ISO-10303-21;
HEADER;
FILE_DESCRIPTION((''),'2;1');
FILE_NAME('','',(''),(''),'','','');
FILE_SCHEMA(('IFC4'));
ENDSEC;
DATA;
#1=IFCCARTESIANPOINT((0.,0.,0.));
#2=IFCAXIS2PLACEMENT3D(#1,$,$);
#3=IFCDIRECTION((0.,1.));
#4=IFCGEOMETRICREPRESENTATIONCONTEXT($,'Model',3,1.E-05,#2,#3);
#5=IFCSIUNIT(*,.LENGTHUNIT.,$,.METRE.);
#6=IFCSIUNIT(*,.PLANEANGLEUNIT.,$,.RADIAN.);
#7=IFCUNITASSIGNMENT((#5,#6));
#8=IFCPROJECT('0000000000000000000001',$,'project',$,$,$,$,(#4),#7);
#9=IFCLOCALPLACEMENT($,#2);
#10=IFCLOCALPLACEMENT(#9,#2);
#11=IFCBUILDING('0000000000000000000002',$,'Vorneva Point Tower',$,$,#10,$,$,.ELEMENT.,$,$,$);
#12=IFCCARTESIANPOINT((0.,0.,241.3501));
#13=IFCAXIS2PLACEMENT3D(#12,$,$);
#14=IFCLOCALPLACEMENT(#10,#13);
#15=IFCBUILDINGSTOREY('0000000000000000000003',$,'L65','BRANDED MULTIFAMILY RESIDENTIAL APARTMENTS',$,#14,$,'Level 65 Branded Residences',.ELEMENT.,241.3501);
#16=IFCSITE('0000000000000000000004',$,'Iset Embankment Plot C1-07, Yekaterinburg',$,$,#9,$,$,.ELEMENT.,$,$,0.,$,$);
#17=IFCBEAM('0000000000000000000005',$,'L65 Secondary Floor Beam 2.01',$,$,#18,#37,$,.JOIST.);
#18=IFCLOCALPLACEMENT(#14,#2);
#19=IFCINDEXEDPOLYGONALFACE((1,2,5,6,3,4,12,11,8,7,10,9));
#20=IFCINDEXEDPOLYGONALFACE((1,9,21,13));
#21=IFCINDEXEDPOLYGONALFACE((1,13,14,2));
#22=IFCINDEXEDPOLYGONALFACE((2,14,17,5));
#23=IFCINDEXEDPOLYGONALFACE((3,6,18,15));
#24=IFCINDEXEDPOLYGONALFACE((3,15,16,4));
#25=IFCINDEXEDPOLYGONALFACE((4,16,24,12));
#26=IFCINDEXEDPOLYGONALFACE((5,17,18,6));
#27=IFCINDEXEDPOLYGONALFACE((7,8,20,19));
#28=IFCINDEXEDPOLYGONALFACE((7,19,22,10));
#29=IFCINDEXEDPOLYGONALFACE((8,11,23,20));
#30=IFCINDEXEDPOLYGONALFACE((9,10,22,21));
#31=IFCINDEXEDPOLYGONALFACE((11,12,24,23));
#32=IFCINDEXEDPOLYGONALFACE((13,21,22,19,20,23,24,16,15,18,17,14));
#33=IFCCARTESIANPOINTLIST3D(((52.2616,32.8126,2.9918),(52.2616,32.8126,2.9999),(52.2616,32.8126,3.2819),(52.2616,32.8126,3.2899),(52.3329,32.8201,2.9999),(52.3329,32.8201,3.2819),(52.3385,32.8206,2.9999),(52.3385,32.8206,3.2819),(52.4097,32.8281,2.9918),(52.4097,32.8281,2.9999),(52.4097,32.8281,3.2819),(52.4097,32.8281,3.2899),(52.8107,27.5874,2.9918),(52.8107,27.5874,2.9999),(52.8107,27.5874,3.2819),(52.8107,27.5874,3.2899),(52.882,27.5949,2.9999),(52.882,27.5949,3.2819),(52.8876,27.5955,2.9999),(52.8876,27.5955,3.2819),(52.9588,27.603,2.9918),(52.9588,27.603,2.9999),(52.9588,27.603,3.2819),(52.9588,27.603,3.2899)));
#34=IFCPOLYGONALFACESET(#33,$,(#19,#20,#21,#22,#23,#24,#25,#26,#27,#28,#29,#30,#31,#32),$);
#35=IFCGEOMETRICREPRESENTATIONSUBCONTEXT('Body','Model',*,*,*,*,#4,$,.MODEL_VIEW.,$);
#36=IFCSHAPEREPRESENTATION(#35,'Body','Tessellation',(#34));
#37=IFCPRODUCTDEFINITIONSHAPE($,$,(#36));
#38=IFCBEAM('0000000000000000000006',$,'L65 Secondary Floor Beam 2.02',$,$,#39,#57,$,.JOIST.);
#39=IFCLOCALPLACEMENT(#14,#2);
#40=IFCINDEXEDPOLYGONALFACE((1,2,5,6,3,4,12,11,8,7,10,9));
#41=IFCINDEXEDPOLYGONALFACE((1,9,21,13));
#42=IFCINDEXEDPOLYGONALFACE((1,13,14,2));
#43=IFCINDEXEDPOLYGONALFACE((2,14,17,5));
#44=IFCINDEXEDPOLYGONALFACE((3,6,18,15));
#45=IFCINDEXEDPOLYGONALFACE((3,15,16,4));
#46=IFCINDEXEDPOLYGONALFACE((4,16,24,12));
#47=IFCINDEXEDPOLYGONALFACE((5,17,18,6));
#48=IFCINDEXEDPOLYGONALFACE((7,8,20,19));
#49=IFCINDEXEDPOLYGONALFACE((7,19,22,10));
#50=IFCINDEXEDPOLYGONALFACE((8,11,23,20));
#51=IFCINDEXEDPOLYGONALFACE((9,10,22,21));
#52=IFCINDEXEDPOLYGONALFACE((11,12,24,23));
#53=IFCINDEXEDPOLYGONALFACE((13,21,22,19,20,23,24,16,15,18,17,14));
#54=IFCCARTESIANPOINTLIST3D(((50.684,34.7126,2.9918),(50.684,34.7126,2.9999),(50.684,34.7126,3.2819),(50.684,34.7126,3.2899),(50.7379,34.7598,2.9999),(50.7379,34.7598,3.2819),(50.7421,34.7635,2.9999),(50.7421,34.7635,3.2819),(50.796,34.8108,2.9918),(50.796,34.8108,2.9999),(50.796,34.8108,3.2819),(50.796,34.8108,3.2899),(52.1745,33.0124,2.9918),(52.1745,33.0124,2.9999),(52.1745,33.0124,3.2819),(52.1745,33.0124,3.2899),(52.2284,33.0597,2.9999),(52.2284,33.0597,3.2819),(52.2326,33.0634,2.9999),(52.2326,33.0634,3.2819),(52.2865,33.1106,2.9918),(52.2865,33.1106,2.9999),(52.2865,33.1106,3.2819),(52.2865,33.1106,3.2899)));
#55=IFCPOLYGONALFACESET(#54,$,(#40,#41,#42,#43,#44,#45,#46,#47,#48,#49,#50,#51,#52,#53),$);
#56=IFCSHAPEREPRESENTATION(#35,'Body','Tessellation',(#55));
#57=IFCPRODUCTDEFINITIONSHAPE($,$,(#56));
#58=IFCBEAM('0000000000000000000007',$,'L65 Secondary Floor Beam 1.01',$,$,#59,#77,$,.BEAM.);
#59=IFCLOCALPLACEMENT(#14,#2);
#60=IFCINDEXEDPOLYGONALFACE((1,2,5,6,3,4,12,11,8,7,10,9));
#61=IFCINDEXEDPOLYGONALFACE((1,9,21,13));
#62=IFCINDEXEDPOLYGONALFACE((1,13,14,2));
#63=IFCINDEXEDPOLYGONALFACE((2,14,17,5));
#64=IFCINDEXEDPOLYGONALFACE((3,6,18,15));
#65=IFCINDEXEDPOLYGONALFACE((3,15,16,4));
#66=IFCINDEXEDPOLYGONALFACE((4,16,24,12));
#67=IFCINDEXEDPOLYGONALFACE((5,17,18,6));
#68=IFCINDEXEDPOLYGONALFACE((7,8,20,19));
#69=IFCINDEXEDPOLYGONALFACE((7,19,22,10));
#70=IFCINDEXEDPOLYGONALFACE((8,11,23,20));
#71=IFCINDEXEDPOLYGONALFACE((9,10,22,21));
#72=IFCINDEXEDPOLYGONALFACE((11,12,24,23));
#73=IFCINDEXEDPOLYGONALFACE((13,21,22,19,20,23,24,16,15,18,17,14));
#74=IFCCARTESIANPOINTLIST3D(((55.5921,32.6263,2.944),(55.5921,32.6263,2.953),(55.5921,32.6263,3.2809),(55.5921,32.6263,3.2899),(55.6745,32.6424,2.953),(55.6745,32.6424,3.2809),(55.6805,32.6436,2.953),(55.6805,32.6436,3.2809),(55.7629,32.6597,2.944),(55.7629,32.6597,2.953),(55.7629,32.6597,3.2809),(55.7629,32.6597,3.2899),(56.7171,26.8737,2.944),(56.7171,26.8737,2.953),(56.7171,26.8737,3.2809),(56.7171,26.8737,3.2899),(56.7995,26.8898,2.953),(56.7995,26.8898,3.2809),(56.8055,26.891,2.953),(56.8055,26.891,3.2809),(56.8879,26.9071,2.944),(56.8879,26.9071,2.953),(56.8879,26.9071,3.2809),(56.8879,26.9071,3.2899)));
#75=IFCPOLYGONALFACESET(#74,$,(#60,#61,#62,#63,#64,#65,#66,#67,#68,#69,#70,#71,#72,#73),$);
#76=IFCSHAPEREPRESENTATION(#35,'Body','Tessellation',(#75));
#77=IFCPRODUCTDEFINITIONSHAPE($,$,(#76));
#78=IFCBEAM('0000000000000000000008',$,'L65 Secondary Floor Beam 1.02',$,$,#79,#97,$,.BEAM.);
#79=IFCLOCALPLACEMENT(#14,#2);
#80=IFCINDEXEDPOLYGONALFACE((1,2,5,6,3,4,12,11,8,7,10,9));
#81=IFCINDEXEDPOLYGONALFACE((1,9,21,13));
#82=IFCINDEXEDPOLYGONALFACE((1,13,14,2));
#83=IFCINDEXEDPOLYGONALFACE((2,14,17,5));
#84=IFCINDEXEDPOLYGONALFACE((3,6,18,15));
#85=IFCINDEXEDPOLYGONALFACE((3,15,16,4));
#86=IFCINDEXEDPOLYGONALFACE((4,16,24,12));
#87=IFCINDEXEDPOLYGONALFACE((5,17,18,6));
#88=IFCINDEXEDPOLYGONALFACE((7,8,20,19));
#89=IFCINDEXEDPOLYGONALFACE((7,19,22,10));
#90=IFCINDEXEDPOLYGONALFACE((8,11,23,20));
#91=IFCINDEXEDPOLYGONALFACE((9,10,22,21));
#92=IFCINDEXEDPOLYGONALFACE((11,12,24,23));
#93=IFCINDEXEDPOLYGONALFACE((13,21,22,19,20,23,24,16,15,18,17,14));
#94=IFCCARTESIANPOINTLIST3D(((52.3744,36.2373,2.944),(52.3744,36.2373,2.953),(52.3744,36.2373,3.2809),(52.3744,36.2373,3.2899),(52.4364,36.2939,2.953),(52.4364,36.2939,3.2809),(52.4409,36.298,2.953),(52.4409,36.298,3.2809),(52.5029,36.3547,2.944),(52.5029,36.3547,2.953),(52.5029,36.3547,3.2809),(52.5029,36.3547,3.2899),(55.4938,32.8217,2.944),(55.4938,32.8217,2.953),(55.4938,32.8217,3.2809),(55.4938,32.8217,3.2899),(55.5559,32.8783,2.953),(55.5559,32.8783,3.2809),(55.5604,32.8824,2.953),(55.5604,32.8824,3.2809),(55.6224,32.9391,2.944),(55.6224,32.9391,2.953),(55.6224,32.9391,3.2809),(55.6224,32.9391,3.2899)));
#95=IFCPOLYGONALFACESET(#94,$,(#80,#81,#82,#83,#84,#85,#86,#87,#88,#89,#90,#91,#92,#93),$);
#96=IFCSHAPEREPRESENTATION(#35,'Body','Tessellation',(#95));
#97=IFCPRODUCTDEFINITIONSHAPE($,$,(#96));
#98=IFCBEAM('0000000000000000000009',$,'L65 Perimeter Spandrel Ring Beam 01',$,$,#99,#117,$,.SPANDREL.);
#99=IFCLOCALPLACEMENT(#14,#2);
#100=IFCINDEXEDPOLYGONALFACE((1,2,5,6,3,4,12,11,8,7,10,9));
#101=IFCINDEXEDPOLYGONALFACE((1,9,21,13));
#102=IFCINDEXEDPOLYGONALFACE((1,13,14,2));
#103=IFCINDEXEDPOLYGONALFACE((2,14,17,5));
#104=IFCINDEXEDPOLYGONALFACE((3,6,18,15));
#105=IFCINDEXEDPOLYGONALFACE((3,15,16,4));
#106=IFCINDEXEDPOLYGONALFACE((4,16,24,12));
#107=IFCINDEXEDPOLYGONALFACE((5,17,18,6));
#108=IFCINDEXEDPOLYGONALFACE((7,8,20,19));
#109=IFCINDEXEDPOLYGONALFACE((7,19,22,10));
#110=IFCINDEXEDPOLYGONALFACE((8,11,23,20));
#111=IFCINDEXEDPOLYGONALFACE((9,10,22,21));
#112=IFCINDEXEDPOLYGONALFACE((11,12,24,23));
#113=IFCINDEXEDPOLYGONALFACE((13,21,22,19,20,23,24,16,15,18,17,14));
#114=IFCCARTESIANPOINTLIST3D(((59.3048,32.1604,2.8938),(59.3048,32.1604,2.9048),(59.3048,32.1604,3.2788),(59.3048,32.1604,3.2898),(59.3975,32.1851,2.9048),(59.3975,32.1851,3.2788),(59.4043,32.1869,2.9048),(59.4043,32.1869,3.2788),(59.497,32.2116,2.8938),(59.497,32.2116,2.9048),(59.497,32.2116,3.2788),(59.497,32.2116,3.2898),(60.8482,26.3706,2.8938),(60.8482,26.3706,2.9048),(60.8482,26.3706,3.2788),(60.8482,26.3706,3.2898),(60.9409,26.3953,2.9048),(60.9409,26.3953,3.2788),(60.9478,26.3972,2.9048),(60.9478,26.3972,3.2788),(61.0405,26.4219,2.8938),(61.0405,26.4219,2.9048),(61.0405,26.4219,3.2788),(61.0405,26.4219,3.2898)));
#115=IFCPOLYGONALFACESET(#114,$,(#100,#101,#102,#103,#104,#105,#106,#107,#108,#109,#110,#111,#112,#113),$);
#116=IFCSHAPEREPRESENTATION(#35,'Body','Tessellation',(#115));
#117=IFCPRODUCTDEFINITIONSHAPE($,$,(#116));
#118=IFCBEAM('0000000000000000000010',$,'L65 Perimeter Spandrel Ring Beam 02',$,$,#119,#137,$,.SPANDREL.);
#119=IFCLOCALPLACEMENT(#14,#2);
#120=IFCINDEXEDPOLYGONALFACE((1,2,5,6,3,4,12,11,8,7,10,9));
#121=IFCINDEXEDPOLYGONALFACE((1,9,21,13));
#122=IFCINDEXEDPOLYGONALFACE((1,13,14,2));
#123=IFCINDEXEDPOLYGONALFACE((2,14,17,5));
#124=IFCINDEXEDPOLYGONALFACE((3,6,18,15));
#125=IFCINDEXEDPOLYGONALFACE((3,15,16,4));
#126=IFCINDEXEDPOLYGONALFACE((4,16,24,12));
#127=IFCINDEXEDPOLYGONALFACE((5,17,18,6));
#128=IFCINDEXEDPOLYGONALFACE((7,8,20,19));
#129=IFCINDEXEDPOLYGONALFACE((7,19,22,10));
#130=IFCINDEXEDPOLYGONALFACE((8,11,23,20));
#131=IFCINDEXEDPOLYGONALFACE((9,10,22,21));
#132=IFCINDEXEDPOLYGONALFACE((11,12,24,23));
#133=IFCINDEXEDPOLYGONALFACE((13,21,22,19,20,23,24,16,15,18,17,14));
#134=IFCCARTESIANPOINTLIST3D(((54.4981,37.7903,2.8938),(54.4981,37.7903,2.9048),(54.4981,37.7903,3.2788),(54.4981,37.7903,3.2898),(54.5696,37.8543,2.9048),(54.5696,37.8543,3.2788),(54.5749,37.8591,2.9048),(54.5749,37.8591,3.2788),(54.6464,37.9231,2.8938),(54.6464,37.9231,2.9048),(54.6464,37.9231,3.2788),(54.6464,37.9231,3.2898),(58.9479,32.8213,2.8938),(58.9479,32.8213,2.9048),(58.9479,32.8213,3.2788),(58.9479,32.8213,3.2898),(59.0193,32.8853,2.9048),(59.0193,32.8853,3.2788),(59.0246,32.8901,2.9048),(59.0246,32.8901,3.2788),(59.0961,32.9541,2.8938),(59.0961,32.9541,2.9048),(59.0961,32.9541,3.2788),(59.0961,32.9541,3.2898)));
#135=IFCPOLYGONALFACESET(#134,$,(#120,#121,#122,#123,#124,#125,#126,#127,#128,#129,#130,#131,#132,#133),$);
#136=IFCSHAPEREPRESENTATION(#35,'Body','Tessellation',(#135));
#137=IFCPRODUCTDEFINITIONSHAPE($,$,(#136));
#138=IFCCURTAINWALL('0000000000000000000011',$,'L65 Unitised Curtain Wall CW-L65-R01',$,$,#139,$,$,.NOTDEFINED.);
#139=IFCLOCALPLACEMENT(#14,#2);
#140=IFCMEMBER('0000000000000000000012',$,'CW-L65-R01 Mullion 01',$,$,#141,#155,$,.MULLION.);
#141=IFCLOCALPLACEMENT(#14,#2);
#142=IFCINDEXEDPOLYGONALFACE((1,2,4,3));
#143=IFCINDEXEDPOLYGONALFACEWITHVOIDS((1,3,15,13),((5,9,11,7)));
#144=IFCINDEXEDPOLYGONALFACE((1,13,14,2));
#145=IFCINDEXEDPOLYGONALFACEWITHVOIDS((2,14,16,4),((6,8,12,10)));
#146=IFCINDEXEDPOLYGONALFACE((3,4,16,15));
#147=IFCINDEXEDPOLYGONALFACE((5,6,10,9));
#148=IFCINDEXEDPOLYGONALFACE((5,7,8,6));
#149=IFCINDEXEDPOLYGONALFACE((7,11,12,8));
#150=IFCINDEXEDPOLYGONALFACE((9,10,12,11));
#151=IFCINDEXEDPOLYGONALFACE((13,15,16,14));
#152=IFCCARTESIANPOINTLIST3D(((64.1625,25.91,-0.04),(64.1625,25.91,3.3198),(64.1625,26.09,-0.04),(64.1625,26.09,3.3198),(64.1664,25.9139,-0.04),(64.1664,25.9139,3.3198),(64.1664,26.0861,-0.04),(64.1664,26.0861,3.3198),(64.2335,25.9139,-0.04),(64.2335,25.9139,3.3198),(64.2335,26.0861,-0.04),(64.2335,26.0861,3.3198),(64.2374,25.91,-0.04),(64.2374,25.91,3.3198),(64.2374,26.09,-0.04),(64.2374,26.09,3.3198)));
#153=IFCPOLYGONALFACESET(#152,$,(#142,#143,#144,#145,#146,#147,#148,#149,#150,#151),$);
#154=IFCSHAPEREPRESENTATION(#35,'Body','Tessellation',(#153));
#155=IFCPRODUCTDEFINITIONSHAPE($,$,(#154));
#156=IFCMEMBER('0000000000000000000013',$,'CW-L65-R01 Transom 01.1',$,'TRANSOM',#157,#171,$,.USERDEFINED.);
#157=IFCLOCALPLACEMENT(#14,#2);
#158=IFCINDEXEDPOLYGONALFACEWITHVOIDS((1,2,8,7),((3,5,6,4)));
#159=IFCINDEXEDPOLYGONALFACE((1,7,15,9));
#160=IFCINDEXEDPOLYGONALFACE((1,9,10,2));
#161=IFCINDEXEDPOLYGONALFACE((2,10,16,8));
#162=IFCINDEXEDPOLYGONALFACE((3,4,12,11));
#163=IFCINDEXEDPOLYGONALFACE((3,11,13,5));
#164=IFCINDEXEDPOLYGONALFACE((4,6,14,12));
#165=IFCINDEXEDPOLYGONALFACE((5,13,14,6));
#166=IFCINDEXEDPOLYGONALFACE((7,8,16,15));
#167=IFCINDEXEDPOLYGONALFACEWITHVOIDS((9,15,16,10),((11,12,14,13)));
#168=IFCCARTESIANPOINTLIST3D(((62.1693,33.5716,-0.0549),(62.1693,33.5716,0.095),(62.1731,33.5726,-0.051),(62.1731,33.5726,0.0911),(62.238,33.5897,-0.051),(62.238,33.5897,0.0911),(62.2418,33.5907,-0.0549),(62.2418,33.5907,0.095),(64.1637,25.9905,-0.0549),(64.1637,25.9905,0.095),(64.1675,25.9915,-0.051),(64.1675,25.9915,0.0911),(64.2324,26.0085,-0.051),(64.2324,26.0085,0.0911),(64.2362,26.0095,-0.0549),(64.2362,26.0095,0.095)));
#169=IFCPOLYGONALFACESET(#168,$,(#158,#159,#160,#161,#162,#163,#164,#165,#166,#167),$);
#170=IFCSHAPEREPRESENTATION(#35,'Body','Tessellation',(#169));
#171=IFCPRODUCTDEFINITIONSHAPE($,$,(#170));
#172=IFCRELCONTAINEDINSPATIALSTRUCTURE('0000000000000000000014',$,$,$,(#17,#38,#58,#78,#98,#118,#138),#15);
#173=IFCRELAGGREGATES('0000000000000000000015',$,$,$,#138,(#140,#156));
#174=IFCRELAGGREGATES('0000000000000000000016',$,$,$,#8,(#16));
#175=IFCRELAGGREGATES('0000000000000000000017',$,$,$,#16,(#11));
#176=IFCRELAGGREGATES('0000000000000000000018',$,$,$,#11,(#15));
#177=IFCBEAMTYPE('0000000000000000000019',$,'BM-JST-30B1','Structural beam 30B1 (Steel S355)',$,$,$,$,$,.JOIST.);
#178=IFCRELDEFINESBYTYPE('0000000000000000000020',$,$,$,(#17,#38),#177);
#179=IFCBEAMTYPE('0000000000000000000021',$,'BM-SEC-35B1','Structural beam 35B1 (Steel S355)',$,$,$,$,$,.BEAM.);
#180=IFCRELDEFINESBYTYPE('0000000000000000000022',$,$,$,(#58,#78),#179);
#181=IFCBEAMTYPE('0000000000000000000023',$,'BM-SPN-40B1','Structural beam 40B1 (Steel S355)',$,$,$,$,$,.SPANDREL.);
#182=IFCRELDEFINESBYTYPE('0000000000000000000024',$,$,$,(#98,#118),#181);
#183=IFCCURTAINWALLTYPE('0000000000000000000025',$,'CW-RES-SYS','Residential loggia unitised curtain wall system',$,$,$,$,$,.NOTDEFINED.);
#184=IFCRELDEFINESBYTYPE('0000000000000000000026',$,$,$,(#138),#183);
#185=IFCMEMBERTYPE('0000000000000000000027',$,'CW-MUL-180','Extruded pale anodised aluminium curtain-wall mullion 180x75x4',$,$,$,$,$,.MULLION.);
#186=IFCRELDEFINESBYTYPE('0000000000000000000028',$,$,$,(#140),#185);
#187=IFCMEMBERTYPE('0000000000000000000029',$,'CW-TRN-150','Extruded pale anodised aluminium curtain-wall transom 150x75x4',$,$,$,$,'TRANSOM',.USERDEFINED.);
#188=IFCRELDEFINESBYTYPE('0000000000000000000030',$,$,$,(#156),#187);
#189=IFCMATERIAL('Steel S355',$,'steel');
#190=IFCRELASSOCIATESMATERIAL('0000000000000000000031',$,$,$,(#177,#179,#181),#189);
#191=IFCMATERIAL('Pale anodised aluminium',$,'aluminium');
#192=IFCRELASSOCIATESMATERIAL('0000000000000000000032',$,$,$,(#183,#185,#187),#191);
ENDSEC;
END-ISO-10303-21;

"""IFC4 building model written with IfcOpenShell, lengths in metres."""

from ifc_helpers import new_model, si_unit, direction, frame, origin, origin_2d, place, context, subcontext, project, spatial, hollow_rectangle, i_section, extrude, material, material_profile, profile_set, type_object, element, aggregate, save


model = new_model("IFC4")

# Units and contexts
model_context = context("Model", 3, precision=1e-05, world=origin(), true_north=direction((0.0, 1.0)))
body_context = subcontext(model_context, "Body", "Model", "MODEL_VIEW")
ifc_project = project(units=[si_unit("LENGTHUNIT", "METRE"), si_unit("PLANEANGLEUNIT", "RADIAN")], contexts=[model_context])

# Site, building, storey
site_placement = place(None, origin())
site = spatial("IfcSite", under=ifc_project, at=site_placement, Name="Iset Embankment Plot C1-07, Yekaterinburg", CompositionType="ELEMENT", RefElevation=0.0)
building_placement = place(site_placement, origin())
building = spatial("IfcBuilding", under=site, at=building_placement, Name="Vorneva Point Tower", CompositionType="ELEMENT")
storey_placement = place(building_placement, frame((0.0, 0.0, 241.3501)))
storey = spatial("IfcBuildingStorey", under=building, at=storey_placement, Name="L65", Description="BRANDED MULTIFAMILY RESIDENTIAL APARTMENTS", LongName="Level 65 Branded Residences", CompositionType="ELEMENT", Elevation=241.3501)

# Beams
ifc_material_1 = material(Name="Steel S355", Category="steel")
ifc_material_profile_1 = material_profile(ifc_material_1, i_section(OverallWidth=0.1489, OverallDepth=0.2981, WebThickness=0.0056, FlangeThickness=0.0081, at=origin_2d()), Name="30B1")
ifc_profile_set_1 = profile_set([ifc_material_profile_1], Name="Steel S355")
beam_type_1 = type_object("IfcBeamType", Name="BM-JST-30B1", Description="Structural beam 30B1 (Steel S355)", PredefinedType="JOIST", material=ifc_profile_set_1)
beam_1_placement = place(storey_placement, frame((52.8848, 27.5952, 3.1409), z_axis=(-0.104508, 0.994524, 0.0), x_axis=(-0.994524, -0.104508, 0.0)))
element("IfcBeam", 1, at=beam_1_placement, inside=storey, type_object=beam_type_1, Name="L65 Secondary Floor Beam 2.01", PredefinedType="JOIST", context=body_context, shape_type="SweptSolid", body=[
    extrude(i_section(OverallWidth=0.1489, OverallDepth=0.2981, WebThickness=0.0056, FlangeThickness=0.0081, at=origin_2d()), origin(), (0.0, 0.0, 1.0), 5.2539),
])
beam_2_placement = place(storey_placement, frame((52.2305, 33.0615, 3.1409), z_axis=(-0.659208, 0.751961, 0.0), x_axis=(-0.751961, -0.659208, 0.0)))
element("IfcBeam", 2, at=beam_2_placement, inside=storey, type_object=beam_type_1, Name="L65 Secondary Floor Beam 2.02", PredefinedType="JOIST", context=body_context, shape_type="SweptSolid", body=[
    extrude(i_section(OverallWidth=0.1489, OverallDepth=0.2981, WebThickness=0.0056, FlangeThickness=0.0081, at=origin_2d()), origin(), (0.0, 0.0, 1.0), 2.261),
])
ifc_material_profile_2 = material_profile(ifc_material_1, i_section(OverallWidth=0.1741, OverallDepth=0.3459, WebThickness=0.0061, FlangeThickness=0.009, at=origin_2d()), Name="35B1")
ifc_profile_set_2 = profile_set([ifc_material_profile_2], Name="Steel S355")
beam_type_2 = type_object("IfcBeamType", Name="BM-SEC-35B1", Description="Structural beam 35B1 (Steel S355)", PredefinedType="BEAM", material=ifc_profile_set_2)
beam_3_placement = place(storey_placement, frame((56.8025, 26.8904, 3.1169), z_axis=(-0.191925, 0.98141, 0.0), x_axis=(-0.98141, -0.191925, 0.0)))
element("IfcBeam", 3, at=beam_3_placement, inside=storey, type_object=beam_type_2, Name="L65 Secondary Floor Beam 1.01", PredefinedType="BEAM", context=body_context, shape_type="SweptSolid", body=[
    extrude(i_section(OverallWidth=0.1741, OverallDepth=0.3459, WebThickness=0.0061, FlangeThickness=0.009, at=origin_2d()), origin(), (0.0, 0.0, 1.0), 5.8616),
])
beam_4_placement = place(storey_placement, frame((55.5581, 32.8804, 3.1169), z_axis=(-0.674371, 0.738393, 0.0), x_axis=(-0.738393, -0.674371, 0.0)))
element("IfcBeam", 4, at=beam_4_placement, inside=storey, type_object=beam_type_2, Name="L65 Secondary Floor Beam 1.02", PredefinedType="BEAM", context=body_context, shape_type="SweptSolid", body=[
    extrude(i_section(OverallWidth=0.1741, OverallDepth=0.3459, WebThickness=0.0061, FlangeThickness=0.009, at=origin_2d()), origin(), (0.0, 0.0, 1.0), 4.6257),
])
ifc_material_profile_3 = material_profile(ifc_material_1, i_section(OverallWidth=0.199, OverallDepth=0.396, WebThickness=0.0071, FlangeThickness=0.011, at=origin_2d()), Name="40B1")
ifc_profile_set_3 = profile_set([ifc_material_profile_3], Name="Steel S355")
beam_type_3 = type_object("IfcBeamType", Name="BM-SPN-40B1", Description="Structural beam 40B1 (Steel S355)", PredefinedType="SPANDREL", material=ifc_profile_set_3)
beam_5_placement = place(storey_placement, frame((60.9443, 26.3962, 3.0918), z_axis=(-0.257587, 0.966255, 0.0), x_axis=(-0.966255, -0.257587, 0.0)))
element("IfcBeam", 5, at=beam_5_placement, inside=storey, type_object=beam_type_3, Name="L65 Perimeter Spandrel Ring Beam 01", PredefinedType="SPANDREL", context=body_context, shape_type="SweptSolid", body=[
    extrude(i_section(OverallWidth=0.199, OverallDepth=0.396, WebThickness=0.0071, FlangeThickness=0.011, at=origin_2d()), origin(), (0.0, 0.0, 1.0), 5.9919),
])
beam_6_placement = place(storey_placement, frame((59.022, 32.8877, 3.0918), z_axis=(-0.667108, 0.744961, 0.0), x_axis=(-0.744961, -0.667108, 0.0)))
element("IfcBeam", 6, at=beam_6_placement, inside=storey, type_object=beam_type_3, Name="L65 Perimeter Spandrel Ring Beam 02", PredefinedType="SPANDREL", context=body_context, shape_type="SweptSolid", body=[
    extrude(i_section(OverallWidth=0.199, OverallDepth=0.396, WebThickness=0.0071, FlangeThickness=0.011, at=origin_2d()), origin(), (0.0, 0.0, 1.0), 6.6702),
])

# Curtain wall, members
ifc_material_2 = material(Name="Pale anodised aluminium", Category="aluminium")
curtain_wall_type = type_object("IfcCurtainWallType", Name="CW-RES-SYS", Description="Residential loggia unitised curtain wall system", PredefinedType="NOTDEFINED", material=ifc_material_2)
curtain_wall_placement = place(storey_placement, origin())
curtain_wall = element("IfcCurtainWall", 7, at=curtain_wall_placement, inside=storey, type_object=curtain_wall_type, Name="L65 Unitised Curtain Wall CW-L65-R01", PredefinedType="NOTDEFINED")
ifc_material_profile_4 = material_profile(ifc_material_2, hollow_rectangle(XDim=0.075, YDim=0.1799, WallThickness=0.0039, at=origin_2d()), Name="AL-MUL 180x75x4")
ifc_profile_set_4 = profile_set([ifc_material_profile_4], Name="Pale anodised aluminium")
member_type_1 = type_object("IfcMemberType", Name="CW-MUL-180", Description="Extruded pale anodised aluminium curtain-wall mullion 180x75x4", PredefinedType="MULLION", material=ifc_profile_set_4)
member_1_placement = place(storey_placement, frame((64.2, 26.0, -0.04), z_axis=(0.0, 0.0, 1.0), x_axis=(1.0, 0.0, 0.0)))
member_1 = element("IfcMember", 8, at=member_1_placement, type_object=member_type_1, Name="CW-L65-R01 Mullion 01", PredefinedType="MULLION", context=body_context, shape_type="SweptSolid", body=[
    extrude(hollow_rectangle(XDim=0.075, YDim=0.1799, WallThickness=0.0039, at=origin_2d()), origin(), (0.0, 0.0, 1.0), 3.3599),
])
ifc_material_profile_5 = material_profile(ifc_material_2, hollow_rectangle(XDim=0.075, YDim=0.1499, WallThickness=0.0039, at=origin_2d()), Name="AL-TRN 150x75x4")
ifc_profile_set_5 = profile_set([ifc_material_profile_5], Name="Pale anodised aluminium")
member_type_2 = type_object("IfcMemberType", Name="CW-TRN-150", Description="Extruded pale anodised aluminium curtain-wall transom 150x75x4", ElementType="TRANSOM", PredefinedType="USERDEFINED", material=ifc_profile_set_5)
member_2_placement = place(storey_placement, frame((64.2, 26.0, 0.02), z_axis=(-0.254418, 0.967094, 0.0), x_axis=(-0.967094, -0.254418, 0.0)))
member_2 = element("IfcMember", 9, at=member_2_placement, type_object=member_type_2, Name="CW-L65-R01 Transom 01.1", ObjectType="TRANSOM", PredefinedType="USERDEFINED", context=body_context, shape_type="SweptSolid", body=[
    extrude(hollow_rectangle(XDim=0.075, YDim=0.1499, WallThickness=0.0039, at=origin_2d()), origin(), (0.0, 0.0, 1.0), 7.8391),
])
aggregate(curtain_wall, [member_1, member_2])

save(model, "model.ifc")
